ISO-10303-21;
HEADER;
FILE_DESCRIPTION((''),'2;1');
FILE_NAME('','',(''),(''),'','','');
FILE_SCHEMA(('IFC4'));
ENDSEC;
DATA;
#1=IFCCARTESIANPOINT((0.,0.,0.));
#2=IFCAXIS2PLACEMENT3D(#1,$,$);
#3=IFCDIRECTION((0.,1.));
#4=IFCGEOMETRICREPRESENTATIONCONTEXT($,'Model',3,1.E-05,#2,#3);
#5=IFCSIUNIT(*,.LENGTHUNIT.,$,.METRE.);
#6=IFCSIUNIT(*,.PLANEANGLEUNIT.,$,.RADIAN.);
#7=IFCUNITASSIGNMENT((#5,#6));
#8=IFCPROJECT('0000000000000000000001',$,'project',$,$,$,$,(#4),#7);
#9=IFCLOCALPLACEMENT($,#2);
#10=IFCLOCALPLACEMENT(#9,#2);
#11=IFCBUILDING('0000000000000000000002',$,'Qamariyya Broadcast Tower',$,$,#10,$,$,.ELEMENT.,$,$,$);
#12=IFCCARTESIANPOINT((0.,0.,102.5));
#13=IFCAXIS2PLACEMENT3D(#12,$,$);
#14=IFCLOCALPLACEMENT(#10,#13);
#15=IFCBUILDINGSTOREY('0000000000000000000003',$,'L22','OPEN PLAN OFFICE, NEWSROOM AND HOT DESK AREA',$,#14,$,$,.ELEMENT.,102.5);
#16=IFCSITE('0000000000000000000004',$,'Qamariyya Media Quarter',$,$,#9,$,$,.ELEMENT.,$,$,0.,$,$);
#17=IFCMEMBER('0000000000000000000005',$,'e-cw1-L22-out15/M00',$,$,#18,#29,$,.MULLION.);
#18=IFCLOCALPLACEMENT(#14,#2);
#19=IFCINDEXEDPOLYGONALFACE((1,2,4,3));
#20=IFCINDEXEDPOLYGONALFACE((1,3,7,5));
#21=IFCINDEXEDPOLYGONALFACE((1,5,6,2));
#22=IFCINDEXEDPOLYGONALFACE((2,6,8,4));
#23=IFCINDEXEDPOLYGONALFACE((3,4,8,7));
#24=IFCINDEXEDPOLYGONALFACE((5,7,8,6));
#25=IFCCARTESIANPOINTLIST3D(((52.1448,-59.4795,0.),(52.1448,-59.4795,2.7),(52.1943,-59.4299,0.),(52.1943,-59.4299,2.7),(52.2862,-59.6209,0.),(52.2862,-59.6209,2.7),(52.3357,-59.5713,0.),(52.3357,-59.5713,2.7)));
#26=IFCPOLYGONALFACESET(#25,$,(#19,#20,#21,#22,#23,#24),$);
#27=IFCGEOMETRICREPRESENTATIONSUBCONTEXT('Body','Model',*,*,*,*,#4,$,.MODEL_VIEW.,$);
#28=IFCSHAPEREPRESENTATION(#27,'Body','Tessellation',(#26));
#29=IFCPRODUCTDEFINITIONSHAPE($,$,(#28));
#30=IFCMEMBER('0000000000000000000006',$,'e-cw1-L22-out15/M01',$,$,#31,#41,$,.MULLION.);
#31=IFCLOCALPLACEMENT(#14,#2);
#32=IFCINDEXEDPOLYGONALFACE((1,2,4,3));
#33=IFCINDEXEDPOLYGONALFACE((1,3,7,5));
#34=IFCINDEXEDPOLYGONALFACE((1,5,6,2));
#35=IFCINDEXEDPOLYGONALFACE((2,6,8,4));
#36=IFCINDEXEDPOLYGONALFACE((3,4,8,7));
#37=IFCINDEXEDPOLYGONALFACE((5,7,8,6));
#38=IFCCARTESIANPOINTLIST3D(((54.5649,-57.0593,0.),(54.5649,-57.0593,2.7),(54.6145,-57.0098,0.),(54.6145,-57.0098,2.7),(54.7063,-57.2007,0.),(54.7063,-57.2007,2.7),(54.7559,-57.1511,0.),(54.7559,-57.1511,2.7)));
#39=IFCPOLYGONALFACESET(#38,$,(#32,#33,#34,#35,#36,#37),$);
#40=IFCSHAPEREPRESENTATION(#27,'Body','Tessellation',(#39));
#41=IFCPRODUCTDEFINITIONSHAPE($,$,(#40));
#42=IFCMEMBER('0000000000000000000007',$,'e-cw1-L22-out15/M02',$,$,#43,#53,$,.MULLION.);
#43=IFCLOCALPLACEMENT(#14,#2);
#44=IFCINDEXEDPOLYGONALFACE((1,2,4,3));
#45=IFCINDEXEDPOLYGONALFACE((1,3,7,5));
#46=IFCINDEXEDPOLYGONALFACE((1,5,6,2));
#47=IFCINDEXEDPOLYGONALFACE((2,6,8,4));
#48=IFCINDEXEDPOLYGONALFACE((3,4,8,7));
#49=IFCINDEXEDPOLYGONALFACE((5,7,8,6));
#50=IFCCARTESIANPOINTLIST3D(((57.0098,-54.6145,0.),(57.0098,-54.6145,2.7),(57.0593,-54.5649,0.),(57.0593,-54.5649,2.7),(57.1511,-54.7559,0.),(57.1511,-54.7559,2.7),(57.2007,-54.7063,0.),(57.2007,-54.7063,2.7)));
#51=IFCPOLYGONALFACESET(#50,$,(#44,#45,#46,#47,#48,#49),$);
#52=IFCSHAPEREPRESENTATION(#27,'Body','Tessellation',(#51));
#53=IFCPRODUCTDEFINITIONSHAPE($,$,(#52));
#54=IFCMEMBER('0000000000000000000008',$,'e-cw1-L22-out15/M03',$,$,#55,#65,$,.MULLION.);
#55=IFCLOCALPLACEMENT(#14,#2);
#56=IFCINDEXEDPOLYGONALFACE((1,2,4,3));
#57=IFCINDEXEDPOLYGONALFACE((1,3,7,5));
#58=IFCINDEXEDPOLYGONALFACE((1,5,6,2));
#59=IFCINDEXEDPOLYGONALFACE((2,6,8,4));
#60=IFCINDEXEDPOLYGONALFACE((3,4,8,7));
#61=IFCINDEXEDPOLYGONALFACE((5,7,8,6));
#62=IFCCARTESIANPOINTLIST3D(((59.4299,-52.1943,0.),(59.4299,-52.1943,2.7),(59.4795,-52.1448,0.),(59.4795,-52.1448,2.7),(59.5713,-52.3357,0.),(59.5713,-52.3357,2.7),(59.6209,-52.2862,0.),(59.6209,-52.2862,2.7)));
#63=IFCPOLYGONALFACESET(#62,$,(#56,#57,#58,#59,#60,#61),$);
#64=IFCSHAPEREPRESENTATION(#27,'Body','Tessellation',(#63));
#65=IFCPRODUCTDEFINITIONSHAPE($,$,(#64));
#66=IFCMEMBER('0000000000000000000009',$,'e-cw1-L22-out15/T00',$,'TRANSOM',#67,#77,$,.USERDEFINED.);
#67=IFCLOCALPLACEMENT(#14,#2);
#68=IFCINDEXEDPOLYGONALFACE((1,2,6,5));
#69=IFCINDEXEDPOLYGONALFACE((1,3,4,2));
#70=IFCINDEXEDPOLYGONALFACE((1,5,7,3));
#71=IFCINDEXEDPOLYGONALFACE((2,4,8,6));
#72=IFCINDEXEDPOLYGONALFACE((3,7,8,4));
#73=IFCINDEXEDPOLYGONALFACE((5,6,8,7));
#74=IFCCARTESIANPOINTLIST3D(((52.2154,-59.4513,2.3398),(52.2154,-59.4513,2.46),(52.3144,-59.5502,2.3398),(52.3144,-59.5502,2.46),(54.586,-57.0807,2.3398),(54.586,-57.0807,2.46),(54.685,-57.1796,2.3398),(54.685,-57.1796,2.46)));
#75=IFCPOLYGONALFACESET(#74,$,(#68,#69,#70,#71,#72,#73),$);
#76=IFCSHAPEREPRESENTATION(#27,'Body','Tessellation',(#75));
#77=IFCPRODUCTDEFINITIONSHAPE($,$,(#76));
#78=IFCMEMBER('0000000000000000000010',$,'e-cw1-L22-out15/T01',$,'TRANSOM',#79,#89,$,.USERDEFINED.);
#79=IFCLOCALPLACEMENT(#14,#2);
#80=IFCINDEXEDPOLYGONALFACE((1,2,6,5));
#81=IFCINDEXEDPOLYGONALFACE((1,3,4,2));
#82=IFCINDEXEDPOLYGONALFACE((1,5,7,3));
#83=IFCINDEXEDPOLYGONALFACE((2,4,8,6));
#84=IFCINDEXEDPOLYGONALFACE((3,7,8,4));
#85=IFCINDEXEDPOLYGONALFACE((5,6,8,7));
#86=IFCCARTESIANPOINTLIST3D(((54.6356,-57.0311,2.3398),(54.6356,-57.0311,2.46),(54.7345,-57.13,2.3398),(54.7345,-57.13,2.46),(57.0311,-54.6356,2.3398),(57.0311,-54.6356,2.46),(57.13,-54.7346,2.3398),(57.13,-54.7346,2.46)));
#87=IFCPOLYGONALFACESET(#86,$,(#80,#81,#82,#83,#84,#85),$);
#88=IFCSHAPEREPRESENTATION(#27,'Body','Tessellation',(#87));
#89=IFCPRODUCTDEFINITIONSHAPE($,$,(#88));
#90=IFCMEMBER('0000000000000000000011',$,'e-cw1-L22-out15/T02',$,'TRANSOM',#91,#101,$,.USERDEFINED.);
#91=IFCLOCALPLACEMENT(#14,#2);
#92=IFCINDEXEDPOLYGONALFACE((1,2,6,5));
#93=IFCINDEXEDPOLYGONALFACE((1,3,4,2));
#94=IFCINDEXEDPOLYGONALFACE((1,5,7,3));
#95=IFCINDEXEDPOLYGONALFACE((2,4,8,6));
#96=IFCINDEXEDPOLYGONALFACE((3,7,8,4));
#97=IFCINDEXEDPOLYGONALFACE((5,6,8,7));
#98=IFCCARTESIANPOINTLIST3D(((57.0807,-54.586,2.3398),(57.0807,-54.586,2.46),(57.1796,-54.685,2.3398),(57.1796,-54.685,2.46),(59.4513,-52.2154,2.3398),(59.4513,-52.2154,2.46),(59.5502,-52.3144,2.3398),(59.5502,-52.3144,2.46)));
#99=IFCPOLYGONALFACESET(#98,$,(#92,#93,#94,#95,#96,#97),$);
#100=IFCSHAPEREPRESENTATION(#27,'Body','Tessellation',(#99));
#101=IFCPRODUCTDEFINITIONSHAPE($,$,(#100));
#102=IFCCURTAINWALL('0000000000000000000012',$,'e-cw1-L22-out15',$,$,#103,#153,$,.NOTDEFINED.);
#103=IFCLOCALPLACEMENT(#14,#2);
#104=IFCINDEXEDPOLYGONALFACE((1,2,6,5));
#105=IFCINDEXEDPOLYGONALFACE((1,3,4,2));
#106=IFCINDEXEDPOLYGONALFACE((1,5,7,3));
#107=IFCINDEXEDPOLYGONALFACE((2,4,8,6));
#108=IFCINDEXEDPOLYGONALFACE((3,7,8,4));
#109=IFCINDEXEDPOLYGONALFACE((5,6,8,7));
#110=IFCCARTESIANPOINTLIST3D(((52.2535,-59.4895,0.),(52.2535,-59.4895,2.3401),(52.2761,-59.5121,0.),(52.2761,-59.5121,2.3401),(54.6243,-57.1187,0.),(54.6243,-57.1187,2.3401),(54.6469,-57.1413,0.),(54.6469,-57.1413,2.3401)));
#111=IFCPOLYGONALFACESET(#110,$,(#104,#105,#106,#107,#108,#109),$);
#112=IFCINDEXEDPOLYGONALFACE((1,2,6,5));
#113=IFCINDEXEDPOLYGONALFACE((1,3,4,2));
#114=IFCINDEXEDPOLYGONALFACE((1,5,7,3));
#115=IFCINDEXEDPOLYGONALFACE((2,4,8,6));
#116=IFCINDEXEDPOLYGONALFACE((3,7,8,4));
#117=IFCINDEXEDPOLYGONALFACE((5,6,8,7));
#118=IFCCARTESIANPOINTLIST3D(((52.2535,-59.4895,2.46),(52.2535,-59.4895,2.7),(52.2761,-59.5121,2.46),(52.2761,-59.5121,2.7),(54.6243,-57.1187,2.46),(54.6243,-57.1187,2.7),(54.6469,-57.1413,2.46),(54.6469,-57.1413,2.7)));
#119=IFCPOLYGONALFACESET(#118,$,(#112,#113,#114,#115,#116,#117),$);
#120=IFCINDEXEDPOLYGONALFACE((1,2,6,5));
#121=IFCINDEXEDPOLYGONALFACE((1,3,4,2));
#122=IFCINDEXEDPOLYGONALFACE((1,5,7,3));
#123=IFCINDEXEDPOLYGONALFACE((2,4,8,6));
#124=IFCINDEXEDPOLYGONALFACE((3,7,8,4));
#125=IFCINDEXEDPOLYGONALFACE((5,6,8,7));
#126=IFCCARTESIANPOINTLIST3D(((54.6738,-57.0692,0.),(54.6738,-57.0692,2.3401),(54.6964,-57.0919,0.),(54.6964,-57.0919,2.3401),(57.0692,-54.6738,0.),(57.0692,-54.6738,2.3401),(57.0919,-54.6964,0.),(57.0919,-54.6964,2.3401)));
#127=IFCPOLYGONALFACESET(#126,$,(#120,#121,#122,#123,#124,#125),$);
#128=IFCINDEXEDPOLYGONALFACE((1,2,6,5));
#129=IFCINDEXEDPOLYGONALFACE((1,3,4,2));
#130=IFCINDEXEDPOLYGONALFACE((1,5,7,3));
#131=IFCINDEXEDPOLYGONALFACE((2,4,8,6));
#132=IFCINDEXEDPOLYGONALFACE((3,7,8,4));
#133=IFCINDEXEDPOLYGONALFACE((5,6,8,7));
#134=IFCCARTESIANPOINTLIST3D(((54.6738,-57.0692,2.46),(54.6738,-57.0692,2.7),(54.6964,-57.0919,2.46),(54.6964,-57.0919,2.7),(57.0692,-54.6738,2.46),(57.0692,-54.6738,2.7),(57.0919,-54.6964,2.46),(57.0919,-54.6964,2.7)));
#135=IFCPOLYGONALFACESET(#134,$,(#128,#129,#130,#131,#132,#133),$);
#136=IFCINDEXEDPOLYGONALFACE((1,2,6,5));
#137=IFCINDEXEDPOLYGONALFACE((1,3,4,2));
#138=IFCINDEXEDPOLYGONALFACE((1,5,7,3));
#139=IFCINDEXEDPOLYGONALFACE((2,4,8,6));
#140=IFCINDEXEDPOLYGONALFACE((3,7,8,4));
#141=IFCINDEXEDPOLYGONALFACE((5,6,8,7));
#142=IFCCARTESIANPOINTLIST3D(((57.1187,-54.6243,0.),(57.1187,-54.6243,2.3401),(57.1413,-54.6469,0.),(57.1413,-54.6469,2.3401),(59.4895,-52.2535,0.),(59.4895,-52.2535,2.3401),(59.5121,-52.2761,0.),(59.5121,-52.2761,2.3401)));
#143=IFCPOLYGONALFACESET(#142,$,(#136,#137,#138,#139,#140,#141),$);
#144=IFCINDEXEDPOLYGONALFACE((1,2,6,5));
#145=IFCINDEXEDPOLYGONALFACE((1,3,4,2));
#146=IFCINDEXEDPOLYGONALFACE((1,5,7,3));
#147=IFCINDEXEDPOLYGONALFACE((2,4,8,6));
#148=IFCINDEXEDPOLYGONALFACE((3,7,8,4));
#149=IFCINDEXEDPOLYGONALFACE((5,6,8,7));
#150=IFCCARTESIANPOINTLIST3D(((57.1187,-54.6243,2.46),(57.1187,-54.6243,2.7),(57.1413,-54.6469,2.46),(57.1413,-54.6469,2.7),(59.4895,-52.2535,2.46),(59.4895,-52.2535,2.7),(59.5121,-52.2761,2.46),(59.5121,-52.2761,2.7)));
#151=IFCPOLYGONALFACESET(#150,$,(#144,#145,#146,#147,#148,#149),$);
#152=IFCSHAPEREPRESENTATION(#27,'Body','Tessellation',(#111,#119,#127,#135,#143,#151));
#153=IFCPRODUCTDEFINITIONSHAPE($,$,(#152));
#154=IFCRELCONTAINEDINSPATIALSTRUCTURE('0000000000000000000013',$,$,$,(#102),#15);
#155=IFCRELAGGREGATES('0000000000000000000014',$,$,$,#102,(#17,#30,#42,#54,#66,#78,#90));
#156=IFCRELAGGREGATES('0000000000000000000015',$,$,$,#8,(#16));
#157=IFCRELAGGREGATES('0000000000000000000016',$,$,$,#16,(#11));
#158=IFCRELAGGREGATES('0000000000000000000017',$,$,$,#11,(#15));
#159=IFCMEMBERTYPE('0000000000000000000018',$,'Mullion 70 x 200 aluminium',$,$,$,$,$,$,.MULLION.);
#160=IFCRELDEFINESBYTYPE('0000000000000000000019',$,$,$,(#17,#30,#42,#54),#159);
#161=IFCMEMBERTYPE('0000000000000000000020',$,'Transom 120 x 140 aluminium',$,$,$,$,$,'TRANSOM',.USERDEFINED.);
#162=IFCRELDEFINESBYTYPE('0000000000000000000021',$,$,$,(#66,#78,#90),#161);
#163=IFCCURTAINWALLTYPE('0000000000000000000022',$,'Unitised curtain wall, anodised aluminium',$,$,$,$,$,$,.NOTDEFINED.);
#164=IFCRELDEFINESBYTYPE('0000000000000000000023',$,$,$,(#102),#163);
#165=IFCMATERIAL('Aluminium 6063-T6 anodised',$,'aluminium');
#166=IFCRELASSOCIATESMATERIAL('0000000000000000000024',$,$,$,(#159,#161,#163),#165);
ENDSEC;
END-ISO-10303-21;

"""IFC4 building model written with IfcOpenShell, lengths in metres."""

from ifc_helpers import new_model, si_unit, direction, frame, origin, origin_2d, place, context, subcontext, project, spatial, rectangle, extrude, material, material_profile, profile_set, type_object, element, aggregate, save


model = new_model("IFC4")

# Units and contexts
model_context = context("Model", 3, precision=1e-05, world=origin(), true_north=direction((0.0, 1.0)))
body_context = subcontext(model_context, "Body", "Model", "MODEL_VIEW")
ifc_project = project(units=[si_unit("LENGTHUNIT", "METRE"), si_unit("PLANEANGLEUNIT", "RADIAN")], contexts=[model_context])

# Members
ifc_material = material(Name="Aluminium 6063-T6 anodised", Category="aluminium")
ifc_material_profile_1 = material_profile(ifc_material, rectangle(XDim=0.2, YDim=0.0701, at=origin_2d()))
ifc_profile_set_1 = profile_set([ifc_material_profile_1], Name="Aluminium 6063-T6 anodised")
member_type_1 = type_object("IfcMemberType", Name="Mullion 70 x 200 aluminium", PredefinedType="MULLION", material=ifc_profile_set_1)
site_placement = place(None, origin())
building_placement = place(site_placement, origin())
storey_placement = place(building_placement, frame((0.0, 0.0, 102.5)))
member_1_placement = place(storey_placement, frame((52.2402, -59.5254, 0.0), z_axis=(0.0, 0.0, 1.0), x_axis=(-0.707107, 0.707107, 0.0)))
member_1 = element("IfcMember", 1, at=member_1_placement, type_object=member_type_1, Name="e-cw1-L22-out15/M00", PredefinedType="MULLION", context=body_context, shape_type="SweptSolid", body=[
    extrude(rectangle(XDim=0.2, YDim=0.0701, at=origin_2d()), origin(), (0.0, 0.0, 1.0), 2.7),
])
member_2_placement = place(storey_placement, frame((54.6604, -57.1052, 0.0), z_axis=(0.0, 0.0, 1.0), x_axis=(-0.707107, 0.707107, 0.0)))
member_2 = element("IfcMember", 2, at=member_2_placement, type_object=member_type_1, Name="e-cw1-L22-out15/M01", PredefinedType="MULLION", context=body_context, shape_type="SweptSolid", body=[
    extrude(rectangle(XDim=0.2, YDim=0.0701, at=origin_2d()), origin(), (0.0, 0.0, 1.0), 2.7),
])
member_3_placement = place(storey_placement, frame((57.1052, -54.6604, 0.0), z_axis=(0.0, 0.0, 1.0), x_axis=(-0.707107, 0.707107, 0.0)))
member_3 = element("IfcMember", 3, at=member_3_placement, type_object=member_type_1, Name="e-cw1-L22-out15/M02", PredefinedType="MULLION", context=body_context, shape_type="SweptSolid", body=[
    extrude(rectangle(XDim=0.2, YDim=0.0701, at=origin_2d()), origin(), (0.0, 0.0, 1.0), 2.7),
])
member_4_placement = place(storey_placement, frame((59.5254, -52.2402, 0.0), z_axis=(0.0, 0.0, 1.0), x_axis=(-0.707107, 0.707107, 0.0)))
member_4 = element("IfcMember", 4, at=member_4_placement, type_object=member_type_1, Name="e-cw1-L22-out15/M03", PredefinedType="MULLION", context=body_context, shape_type="SweptSolid", body=[
    extrude(rectangle(XDim=0.2, YDim=0.0701, at=origin_2d()), origin(), (0.0, 0.0, 1.0), 2.7),
])
ifc_material_profile_2 = material_profile(ifc_material, rectangle(XDim=0.1399, YDim=0.1201, at=origin_2d()))
ifc_profile_set_2 = profile_set([ifc_material_profile_2], Name="Aluminium 6063-T6 anodised")
member_type_2 = type_object("IfcMemberType", Name="Transom 120 x 140 aluminium", ElementType="TRANSOM", PredefinedType="USERDEFINED", material=ifc_profile_set_2)
member_5_placement = place(storey_placement, frame((52.2649, -59.5007, 2.3999), z_axis=(0.707107, 0.707107, 0.0), x_axis=(-0.707107, 0.707107, 0.0)))
member_5 = element("IfcMember", 5, at=member_5_placement, type_object=member_type_2, Name="e-cw1-L22-out15/T00", ObjectType="TRANSOM", PredefinedType="USERDEFINED", context=body_context, shape_type="SweptSolid", body=[
    extrude(rectangle(XDim=0.1399, YDim=0.1201, at=origin_2d()), origin(), (0.0, 0.0, 1.0), 3.3525),
])
member_6_placement = place(storey_placement, frame((54.6851, -57.0806, 2.3999), z_axis=(0.707107, 0.707107, 0.0), x_axis=(-0.707107, 0.707107, 0.0)))
member_6 = element("IfcMember", 6, at=member_6_placement, type_object=member_type_2, Name="e-cw1-L22-out15/T01", ObjectType="TRANSOM", PredefinedType="USERDEFINED", context=body_context, shape_type="SweptSolid", body=[
    extrude(rectangle(XDim=0.1399, YDim=0.1201, at=origin_2d()), origin(), (0.0, 0.0, 1.0), 3.3877),
])
member_7_placement = place(storey_placement, frame((57.1301, -54.6355, 2.3999), z_axis=(0.707107, 0.707107, 0.0), x_axis=(-0.707107, 0.707107, 0.0)))
member_7 = element("IfcMember", 7, at=member_7_placement, type_object=member_type_2, Name="e-cw1-L22-out15/T02", ObjectType="TRANSOM", PredefinedType="USERDEFINED", context=body_context, shape_type="SweptSolid", body=[
    extrude(rectangle(XDim=0.1399, YDim=0.1201, at=origin_2d()), origin(), (0.0, 0.0, 1.0), 3.3525),
])

# Site, building, storey
site = spatial("IfcSite", under=ifc_project, at=site_placement, Name="Qamariyya Media Quarter", CompositionType="ELEMENT", RefElevation=0.0)
building = spatial("IfcBuilding", under=site, at=building_placement, Name="Qamariyya Broadcast Tower", CompositionType="ELEMENT")
storey = spatial("IfcBuildingStorey", under=building, at=storey_placement, Name="L22", Description="OPEN PLAN OFFICE, NEWSROOM AND HOT DESK AREA", CompositionType="ELEMENT", Elevation=102.5)

# Curtain wall
curtain_wall_type = type_object("IfcCurtainWallType", Name="Unitised curtain wall, anodised aluminium", PredefinedType="NOTDEFINED", material=ifc_material)
curtain_wall_1_placement = place(storey_placement, origin())
curtain_wall_1 = element("IfcCurtainWall", 8, at=curtain_wall_1_placement, inside=storey, type_object=curtain_wall_type, Name="e-cw1-L22-out15", PredefinedType="NOTDEFINED", context=body_context, shape_type="SweptSolid", body=[
    extrude(rectangle(XDim=3.3528, YDim=0.032, at=origin_2d()), frame((53.4502, -58.3154, 0.0), x_axis=(0.707107, 0.707107, 0.0)), (0.0, 0.0, 1.0), 2.3401),
    extrude(rectangle(XDim=3.3528, YDim=0.032, at=origin_2d()), frame((53.4502, -58.3154, 2.46), x_axis=(0.707107, 0.707107, 0.0)), (0.0, 0.0, 1.0), 0.24),
    extrude(rectangle(XDim=3.3877, YDim=0.032, at=origin_2d()), frame((55.8828, -55.8828, 0.0), x_axis=(0.707107, 0.707107, 0.0)), (0.0, 0.0, 1.0), 2.3401),
    extrude(rectangle(XDim=3.3877, YDim=0.032, at=origin_2d()), frame((55.8828, -55.8828, 2.46), x_axis=(0.707107, 0.707107, 0.0)), (0.0, 0.0, 1.0), 0.24),
    extrude(rectangle(XDim=3.3528, YDim=0.032, at=origin_2d()), frame((58.3154, -53.4502, 0.0), x_axis=(0.707107, 0.707107, 0.0)), (0.0, 0.0, 1.0), 2.3401),
    extrude(rectangle(XDim=3.3528, YDim=0.032, at=origin_2d()), frame((58.3154, -53.4502, 2.46), x_axis=(0.707107, 0.707107, 0.0)), (0.0, 0.0, 1.0), 0.24),
])
aggregate(curtain_wall_1, [member_1, member_2, member_3, member_4, member_5, member_6, member_7])

save(model, "model.ifc")
